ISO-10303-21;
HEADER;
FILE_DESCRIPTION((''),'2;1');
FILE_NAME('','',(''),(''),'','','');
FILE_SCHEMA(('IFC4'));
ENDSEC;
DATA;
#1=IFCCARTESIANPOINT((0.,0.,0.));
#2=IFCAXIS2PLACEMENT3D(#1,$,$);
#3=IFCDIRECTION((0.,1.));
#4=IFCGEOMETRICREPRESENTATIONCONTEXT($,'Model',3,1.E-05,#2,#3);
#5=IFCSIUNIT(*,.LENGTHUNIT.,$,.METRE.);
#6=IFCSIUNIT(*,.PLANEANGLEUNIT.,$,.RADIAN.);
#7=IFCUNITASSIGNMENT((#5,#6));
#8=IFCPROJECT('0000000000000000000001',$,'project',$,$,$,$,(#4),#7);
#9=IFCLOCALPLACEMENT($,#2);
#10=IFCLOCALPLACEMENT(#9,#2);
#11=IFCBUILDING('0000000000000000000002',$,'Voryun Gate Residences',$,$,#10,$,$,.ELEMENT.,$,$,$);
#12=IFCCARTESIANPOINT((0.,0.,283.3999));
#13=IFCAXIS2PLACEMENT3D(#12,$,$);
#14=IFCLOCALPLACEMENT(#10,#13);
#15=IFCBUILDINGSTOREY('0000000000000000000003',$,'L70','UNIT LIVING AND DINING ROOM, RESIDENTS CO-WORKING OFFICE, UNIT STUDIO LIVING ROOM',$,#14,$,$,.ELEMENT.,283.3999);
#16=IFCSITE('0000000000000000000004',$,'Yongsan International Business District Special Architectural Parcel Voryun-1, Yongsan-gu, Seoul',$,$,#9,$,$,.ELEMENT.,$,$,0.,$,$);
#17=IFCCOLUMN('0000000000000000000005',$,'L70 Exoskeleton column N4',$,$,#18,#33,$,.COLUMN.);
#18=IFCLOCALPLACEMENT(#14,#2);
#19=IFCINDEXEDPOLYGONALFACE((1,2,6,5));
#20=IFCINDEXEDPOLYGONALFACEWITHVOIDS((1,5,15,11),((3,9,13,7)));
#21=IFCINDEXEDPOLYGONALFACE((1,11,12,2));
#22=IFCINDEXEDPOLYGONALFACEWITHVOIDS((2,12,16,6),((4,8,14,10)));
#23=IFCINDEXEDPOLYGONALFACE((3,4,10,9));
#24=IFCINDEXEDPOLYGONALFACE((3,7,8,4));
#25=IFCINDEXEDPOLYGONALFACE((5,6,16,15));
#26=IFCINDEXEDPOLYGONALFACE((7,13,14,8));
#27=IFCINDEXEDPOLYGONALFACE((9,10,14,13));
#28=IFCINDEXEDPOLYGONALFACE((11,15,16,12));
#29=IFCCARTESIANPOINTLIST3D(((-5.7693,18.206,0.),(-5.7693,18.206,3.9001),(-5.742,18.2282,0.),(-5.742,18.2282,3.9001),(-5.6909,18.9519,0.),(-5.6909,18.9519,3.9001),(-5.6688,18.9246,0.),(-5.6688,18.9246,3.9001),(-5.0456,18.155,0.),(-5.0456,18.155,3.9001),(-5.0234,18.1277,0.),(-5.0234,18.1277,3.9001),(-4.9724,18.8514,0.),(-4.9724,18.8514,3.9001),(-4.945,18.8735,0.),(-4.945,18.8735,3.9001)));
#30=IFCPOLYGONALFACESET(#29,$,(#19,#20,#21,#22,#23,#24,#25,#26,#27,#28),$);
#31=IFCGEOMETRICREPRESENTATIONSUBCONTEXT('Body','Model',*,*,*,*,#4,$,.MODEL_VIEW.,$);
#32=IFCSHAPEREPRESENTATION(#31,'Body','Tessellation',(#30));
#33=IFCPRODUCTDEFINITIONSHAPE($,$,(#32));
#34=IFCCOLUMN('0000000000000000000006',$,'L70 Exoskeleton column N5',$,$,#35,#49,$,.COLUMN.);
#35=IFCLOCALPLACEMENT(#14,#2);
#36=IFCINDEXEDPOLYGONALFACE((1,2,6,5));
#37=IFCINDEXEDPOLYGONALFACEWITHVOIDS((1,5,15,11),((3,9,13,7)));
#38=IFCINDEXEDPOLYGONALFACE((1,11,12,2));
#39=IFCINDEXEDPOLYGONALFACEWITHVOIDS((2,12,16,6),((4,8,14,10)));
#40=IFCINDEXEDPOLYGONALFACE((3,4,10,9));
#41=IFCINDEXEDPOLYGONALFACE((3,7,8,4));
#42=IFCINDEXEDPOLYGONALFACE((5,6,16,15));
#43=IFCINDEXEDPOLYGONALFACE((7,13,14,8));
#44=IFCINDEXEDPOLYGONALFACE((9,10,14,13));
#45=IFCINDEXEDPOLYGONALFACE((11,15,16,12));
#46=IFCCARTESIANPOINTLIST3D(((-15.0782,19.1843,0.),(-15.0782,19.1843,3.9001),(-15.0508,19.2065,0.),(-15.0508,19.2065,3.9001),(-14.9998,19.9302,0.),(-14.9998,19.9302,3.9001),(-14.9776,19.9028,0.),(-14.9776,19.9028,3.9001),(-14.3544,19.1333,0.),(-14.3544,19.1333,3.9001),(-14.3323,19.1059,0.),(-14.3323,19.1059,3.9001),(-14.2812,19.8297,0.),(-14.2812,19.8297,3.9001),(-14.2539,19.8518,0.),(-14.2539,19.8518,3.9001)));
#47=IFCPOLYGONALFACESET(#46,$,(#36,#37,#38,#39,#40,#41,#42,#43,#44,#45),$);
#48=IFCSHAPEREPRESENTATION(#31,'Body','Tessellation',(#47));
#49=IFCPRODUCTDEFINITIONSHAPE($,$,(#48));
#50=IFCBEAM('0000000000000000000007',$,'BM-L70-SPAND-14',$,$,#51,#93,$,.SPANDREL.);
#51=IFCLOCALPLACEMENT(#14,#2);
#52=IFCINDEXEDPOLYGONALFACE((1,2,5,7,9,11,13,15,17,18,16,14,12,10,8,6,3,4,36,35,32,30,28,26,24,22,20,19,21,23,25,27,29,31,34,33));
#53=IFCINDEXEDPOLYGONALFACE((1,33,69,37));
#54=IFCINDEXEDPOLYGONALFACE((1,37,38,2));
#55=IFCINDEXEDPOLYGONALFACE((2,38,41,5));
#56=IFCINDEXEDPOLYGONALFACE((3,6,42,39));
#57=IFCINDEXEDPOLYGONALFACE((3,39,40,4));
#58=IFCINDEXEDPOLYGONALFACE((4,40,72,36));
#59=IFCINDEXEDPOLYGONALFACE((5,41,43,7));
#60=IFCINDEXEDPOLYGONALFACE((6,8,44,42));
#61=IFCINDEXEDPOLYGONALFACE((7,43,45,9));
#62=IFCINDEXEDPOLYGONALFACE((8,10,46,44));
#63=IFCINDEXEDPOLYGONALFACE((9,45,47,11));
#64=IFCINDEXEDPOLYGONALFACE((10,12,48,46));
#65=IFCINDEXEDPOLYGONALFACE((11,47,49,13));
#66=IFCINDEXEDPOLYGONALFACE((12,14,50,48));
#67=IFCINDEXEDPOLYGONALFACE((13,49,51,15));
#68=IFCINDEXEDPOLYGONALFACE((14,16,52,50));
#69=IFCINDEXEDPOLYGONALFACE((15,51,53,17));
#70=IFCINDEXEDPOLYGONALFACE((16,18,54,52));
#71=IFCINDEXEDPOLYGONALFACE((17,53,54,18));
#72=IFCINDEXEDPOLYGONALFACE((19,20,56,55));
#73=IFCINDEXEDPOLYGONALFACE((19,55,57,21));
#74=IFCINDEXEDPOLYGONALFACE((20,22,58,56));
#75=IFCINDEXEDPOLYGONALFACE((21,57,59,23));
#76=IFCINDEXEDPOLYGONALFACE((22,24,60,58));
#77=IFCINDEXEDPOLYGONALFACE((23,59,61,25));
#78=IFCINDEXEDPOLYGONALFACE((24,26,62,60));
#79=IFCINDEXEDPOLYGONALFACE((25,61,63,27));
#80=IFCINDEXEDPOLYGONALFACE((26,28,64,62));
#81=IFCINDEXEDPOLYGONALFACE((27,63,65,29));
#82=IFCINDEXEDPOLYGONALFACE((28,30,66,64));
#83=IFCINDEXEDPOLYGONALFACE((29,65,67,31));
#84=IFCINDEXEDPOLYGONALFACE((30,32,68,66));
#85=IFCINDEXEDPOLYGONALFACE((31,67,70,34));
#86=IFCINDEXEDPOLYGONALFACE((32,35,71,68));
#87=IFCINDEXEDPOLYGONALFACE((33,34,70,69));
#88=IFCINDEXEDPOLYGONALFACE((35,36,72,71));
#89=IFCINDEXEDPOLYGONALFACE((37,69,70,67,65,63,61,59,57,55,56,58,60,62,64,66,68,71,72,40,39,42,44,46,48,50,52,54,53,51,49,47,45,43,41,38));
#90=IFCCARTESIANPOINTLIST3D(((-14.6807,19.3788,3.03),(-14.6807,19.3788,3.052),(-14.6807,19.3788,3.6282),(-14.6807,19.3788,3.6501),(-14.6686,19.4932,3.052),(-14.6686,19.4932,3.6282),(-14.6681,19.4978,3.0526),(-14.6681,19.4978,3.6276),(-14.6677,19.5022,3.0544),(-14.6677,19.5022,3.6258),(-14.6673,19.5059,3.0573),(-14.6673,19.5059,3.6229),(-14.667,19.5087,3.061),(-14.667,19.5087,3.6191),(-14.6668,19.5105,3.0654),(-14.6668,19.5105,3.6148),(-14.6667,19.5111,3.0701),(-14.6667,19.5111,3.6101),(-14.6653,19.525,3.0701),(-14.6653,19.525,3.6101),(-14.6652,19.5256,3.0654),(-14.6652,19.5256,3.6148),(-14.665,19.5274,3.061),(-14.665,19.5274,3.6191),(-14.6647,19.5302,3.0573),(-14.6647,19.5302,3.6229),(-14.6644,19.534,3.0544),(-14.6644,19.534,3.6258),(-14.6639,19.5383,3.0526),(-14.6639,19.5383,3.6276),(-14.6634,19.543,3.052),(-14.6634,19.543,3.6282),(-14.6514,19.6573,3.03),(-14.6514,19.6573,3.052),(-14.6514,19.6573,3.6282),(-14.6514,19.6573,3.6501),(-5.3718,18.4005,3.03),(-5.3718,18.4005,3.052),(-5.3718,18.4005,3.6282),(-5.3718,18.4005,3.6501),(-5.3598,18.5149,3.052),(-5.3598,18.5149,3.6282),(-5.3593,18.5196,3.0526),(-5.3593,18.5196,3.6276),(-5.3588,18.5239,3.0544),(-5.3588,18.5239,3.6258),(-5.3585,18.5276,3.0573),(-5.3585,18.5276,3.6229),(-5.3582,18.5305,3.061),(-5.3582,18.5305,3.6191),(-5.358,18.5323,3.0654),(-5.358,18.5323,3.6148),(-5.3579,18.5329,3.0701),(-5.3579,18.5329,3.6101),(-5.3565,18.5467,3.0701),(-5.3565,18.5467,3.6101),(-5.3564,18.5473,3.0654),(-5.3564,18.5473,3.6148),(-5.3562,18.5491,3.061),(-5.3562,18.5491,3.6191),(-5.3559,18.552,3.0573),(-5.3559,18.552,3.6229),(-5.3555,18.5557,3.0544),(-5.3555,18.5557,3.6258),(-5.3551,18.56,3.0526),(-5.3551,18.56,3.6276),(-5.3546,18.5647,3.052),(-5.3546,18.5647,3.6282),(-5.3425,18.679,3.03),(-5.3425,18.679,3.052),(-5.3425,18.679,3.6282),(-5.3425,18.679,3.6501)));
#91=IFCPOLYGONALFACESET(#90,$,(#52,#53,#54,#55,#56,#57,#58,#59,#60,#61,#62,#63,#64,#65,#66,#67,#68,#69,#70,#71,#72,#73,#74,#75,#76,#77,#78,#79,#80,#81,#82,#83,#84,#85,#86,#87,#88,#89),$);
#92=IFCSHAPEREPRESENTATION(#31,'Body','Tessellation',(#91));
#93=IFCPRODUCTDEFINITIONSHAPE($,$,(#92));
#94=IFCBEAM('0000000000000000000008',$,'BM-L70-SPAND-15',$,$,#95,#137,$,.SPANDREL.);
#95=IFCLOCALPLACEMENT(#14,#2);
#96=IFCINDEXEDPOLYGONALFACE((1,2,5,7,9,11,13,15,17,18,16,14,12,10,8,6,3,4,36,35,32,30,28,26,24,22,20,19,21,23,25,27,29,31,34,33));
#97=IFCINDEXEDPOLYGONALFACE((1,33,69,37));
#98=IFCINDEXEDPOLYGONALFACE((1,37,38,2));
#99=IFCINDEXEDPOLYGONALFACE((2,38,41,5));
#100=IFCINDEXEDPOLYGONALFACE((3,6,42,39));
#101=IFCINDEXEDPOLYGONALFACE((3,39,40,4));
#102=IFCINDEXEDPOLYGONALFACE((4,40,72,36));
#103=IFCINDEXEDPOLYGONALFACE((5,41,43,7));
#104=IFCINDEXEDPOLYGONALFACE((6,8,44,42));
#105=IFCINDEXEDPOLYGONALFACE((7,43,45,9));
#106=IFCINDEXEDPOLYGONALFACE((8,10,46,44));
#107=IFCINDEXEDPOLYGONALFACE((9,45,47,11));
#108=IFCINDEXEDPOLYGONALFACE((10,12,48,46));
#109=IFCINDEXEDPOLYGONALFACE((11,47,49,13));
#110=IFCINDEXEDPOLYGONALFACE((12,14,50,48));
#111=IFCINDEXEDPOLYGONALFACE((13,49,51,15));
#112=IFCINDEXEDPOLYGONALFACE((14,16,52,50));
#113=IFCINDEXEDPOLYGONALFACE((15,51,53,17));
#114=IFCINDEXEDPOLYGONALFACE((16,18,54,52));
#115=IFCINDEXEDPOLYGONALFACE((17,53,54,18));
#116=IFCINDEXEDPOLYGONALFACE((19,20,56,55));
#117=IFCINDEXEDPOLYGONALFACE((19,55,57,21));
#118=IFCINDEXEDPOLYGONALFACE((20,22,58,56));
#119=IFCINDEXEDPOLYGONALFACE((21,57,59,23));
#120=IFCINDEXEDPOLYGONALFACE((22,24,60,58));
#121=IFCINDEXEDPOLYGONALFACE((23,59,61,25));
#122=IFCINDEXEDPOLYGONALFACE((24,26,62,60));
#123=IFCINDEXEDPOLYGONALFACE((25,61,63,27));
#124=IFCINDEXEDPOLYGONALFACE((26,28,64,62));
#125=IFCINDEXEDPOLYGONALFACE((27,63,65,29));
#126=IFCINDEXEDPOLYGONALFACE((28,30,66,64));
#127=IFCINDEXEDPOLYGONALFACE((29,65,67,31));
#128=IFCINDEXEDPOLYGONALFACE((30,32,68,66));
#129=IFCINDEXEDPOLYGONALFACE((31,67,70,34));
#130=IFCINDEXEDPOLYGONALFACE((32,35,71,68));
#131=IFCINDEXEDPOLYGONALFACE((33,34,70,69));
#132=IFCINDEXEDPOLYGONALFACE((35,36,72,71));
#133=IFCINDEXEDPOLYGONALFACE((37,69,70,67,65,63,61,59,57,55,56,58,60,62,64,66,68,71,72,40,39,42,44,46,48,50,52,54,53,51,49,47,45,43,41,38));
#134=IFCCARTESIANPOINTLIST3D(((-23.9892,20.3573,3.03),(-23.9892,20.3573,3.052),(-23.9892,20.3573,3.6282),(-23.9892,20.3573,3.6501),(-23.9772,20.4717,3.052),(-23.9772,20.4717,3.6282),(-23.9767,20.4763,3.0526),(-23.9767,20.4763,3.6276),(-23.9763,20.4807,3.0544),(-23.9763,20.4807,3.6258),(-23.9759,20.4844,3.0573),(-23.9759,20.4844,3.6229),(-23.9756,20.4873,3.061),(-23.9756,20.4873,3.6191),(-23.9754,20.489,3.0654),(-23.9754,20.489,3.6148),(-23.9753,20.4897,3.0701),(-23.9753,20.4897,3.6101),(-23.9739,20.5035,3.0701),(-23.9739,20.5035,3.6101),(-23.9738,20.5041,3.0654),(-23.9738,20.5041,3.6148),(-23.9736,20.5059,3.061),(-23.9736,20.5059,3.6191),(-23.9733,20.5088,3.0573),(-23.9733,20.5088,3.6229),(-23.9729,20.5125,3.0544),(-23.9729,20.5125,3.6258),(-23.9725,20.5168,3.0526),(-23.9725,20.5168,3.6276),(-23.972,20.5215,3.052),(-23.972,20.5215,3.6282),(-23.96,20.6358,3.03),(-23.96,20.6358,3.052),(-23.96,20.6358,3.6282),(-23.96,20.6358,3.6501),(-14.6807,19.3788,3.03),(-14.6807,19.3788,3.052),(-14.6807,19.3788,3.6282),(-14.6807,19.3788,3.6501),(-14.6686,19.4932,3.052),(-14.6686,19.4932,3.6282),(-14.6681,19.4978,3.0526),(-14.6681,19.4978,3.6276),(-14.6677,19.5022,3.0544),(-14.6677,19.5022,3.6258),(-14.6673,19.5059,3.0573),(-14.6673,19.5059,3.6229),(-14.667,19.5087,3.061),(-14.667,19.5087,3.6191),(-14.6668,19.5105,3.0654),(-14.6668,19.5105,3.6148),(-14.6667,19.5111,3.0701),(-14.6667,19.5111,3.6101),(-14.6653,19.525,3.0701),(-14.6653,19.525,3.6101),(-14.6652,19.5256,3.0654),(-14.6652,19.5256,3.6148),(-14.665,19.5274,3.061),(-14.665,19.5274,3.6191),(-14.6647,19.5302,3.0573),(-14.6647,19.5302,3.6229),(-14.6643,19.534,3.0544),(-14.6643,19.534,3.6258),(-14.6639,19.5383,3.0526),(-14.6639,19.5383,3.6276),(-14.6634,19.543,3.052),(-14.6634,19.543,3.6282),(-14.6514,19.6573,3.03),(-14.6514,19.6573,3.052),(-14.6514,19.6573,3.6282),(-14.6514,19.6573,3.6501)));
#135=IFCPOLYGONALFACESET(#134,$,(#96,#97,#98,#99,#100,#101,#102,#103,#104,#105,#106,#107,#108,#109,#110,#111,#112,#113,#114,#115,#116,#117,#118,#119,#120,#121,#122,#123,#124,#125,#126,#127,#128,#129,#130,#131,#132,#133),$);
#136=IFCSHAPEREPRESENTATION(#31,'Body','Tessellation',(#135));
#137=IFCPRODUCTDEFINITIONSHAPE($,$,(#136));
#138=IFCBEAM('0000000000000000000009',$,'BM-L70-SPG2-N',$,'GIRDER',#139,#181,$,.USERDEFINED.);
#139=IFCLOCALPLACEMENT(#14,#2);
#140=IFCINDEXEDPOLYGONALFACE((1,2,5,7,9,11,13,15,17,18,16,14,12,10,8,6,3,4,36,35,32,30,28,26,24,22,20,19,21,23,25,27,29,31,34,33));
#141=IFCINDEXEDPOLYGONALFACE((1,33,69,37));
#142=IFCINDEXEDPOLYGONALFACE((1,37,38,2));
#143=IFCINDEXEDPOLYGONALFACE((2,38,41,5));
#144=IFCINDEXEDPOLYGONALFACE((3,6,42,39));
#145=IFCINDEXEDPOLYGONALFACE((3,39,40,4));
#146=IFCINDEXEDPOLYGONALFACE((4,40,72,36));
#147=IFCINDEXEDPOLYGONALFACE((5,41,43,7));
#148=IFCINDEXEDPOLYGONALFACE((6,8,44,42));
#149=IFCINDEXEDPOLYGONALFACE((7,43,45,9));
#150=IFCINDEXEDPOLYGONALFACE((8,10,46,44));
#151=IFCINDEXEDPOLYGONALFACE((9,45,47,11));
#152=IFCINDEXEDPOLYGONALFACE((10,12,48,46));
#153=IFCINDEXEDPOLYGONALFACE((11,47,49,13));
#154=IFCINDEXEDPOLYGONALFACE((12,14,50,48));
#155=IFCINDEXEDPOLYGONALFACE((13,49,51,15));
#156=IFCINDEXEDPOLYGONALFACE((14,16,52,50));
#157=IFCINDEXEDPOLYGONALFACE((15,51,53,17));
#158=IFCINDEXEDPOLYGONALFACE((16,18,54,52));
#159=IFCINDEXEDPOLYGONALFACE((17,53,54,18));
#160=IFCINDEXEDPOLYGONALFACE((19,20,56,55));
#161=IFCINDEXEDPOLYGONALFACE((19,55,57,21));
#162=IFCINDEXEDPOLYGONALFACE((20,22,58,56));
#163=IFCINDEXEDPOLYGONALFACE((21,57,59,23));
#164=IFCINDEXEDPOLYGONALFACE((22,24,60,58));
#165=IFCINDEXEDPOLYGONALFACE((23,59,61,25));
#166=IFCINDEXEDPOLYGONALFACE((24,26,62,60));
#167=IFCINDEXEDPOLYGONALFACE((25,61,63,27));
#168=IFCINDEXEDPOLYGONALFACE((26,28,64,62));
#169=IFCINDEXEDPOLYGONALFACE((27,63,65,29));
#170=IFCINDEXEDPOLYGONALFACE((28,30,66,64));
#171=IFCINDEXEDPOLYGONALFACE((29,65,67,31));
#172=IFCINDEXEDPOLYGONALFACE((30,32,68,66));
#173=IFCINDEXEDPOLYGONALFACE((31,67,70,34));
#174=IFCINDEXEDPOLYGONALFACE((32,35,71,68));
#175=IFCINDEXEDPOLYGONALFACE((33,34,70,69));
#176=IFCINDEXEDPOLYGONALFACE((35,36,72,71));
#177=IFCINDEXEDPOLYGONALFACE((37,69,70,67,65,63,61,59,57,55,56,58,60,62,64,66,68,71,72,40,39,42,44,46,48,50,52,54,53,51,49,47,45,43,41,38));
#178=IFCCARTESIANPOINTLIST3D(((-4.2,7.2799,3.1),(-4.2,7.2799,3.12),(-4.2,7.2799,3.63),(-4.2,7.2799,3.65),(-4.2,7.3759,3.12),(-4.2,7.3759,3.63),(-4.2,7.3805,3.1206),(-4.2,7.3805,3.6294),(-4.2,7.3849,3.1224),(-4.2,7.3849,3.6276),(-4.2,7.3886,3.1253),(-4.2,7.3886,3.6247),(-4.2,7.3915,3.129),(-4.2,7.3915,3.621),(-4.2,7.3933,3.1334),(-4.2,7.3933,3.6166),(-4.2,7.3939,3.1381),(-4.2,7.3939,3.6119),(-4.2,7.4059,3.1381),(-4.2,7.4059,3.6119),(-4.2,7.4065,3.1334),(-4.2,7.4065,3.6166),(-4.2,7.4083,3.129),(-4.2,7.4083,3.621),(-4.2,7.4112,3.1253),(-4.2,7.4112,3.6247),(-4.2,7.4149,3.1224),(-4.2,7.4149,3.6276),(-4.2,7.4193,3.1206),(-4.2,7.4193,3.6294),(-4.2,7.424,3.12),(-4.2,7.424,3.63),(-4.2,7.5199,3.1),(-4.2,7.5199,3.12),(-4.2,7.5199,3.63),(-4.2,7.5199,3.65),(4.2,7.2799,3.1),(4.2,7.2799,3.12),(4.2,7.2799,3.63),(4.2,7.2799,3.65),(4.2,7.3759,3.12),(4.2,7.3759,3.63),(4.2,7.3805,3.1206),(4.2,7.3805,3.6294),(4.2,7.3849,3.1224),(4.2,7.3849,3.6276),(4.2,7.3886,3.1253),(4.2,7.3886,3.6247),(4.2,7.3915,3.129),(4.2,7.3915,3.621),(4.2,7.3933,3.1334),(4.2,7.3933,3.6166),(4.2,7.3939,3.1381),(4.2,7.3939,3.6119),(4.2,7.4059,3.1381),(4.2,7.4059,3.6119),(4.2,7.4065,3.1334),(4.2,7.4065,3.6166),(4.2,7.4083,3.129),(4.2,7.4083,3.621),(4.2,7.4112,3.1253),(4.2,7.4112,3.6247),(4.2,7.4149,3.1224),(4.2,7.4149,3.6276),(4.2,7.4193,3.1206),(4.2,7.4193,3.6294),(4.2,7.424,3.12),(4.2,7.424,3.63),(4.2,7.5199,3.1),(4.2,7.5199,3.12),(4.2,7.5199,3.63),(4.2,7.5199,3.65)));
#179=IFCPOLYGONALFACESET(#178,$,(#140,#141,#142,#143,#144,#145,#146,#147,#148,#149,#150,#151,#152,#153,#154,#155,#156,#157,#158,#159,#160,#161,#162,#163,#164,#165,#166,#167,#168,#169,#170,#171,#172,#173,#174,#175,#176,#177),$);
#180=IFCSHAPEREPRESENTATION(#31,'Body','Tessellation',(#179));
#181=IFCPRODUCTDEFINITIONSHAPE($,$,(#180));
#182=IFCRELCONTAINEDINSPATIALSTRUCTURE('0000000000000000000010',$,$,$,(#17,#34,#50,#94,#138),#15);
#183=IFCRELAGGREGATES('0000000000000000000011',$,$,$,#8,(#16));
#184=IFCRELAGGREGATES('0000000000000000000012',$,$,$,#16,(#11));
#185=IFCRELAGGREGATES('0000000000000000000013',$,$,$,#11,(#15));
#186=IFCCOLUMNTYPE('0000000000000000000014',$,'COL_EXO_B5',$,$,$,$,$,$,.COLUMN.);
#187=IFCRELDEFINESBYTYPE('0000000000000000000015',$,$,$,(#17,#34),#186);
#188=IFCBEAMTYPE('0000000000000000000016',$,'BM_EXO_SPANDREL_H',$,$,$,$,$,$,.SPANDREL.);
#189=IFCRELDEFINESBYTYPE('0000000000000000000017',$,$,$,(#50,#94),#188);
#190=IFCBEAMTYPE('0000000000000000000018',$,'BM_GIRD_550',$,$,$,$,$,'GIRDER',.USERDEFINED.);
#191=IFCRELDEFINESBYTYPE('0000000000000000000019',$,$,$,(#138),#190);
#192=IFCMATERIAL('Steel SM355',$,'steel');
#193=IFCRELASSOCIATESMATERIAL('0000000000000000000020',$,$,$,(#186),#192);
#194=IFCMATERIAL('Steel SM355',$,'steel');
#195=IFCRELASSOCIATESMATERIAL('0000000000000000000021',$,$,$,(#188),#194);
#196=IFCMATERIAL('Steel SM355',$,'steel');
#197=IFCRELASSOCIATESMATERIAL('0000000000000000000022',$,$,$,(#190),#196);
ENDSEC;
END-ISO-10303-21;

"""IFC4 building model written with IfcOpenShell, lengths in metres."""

from ifc_helpers import new_model, si_unit, direction, frame, origin, origin_2d, place, context, subcontext, project, spatial, hollow_rectangle, i_section, extrude, material, material_profile, profile_set, type_object, element, save


model = new_model("IFC4")

# Units and contexts
model_context = context("Model", 3, precision=1e-05, world=origin(), true_north=direction((0.0, 1.0)))
body_context = subcontext(model_context, "Body", "Model", "MODEL_VIEW")
ifc_project = project(units=[si_unit("LENGTHUNIT", "METRE"), si_unit("PLANEANGLEUNIT", "RADIAN")], contexts=[model_context])

# Site, building, storey
site_placement = place(None, origin())
site = spatial("IfcSite", under=ifc_project, at=site_placement, Name="Yongsan International Business District Special Architectural Parcel Voryun-1, Yongsan-gu, Seoul", CompositionType="ELEMENT", RefElevation=0.0)
building_placement = place(site_placement, origin())
building = spatial("IfcBuilding", under=site, at=building_placement, Name="Voryun Gate Residences", CompositionType="ELEMENT")
storey_placement = place(building_placement, frame((0.0, 0.0, 283.3999)))
storey = spatial("IfcBuildingStorey", under=building, at=storey_placement, Name="L70", Description="UNIT LIVING AND DINING ROOM, RESIDENTS CO-WORKING OFFICE, UNIT STUDIO LIVING ROOM", CompositionType="ELEMENT", Elevation=283.3999)

# Columns
ifc_material_1 = material(Name="Steel SM355", Category="steel")
ifc_material_profile_1 = material_profile(ifc_material_1, hollow_rectangle(XDim=0.75, YDim=0.75, WallThickness=0.0249, at=origin_2d()), Name="BOX-750x750x25")
ifc_profile_set_1 = profile_set([ifc_material_profile_1], Name="Steel SM355")
column_type = type_object("IfcColumnType", Name="COL_EXO_B5", PredefinedType="COLUMN", material=ifc_profile_set_1)
for number, where, z_axis, x_axis, name in (
    (1, (-5.3572, 18.5398, 0.0), (0.0, 0.0, 1.0), (0.994522, -0.104528, 0.0), "L70 Exoskeleton column N4"),
    (2, (-14.666, 19.5181, 0.0), (0.0, 0.0, 1.0), (0.994522, -0.104528, 0.0), "L70 Exoskeleton column N5"),
):
    element("IfcColumn", number, at=place(storey_placement, frame(where, z_axis=z_axis, x_axis=x_axis)), inside=storey, type_object=column_type, Name=name, PredefinedType="COLUMN", context=body_context, shape_type="SweptSolid", body=[
        extrude(hollow_rectangle(XDim=0.75, YDim=0.75, WallThickness=0.0249, at=origin_2d()), origin(), (0.0, 0.0, 1.0), 3.9001),
    ])

# Beams
ifc_material_2 = material(Name="Steel SM355", Category="steel")
ifc_material_profile_2 = material_profile(ifc_material_2, i_section(OverallWidth=0.28, OverallDepth=0.6201, WebThickness=0.0139, FlangeThickness=0.022, FilletRadius=0.0181, at=origin_2d()), Name="H-620x280x14x22")
ifc_profile_set_2 = profile_set([ifc_material_profile_2], Name="Steel SM355")
beam_type_1 = type_object("IfcBeamType", Name="BM_EXO_SPANDREL_H", PredefinedType="SPANDREL", material=ifc_profile_set_2)
beam_1_placement = place(storey_placement, frame((-5.3572, 18.5398, 3.3401), z_axis=(-0.994523, 0.104515, 0.0), x_axis=(-0.104515, -0.994523, 0.0)))
element("IfcBeam", 3, at=beam_1_placement, inside=storey, type_object=beam_type_1, Name="BM-L70-SPAND-14", PredefinedType="SPANDREL", context=body_context, shape_type="SweptSolid", body=[
    extrude(i_section(OverallWidth=0.28, OverallDepth=0.6201, WebThickness=0.0139, FlangeThickness=0.022, FilletRadius=0.0181, at=origin_2d()), origin(), (0.0, 0.0, 1.0), 9.3601),
])
beam_2_placement = place(storey_placement, frame((-14.666, 19.5181, 3.3401), z_axis=(-0.99452, 0.104544, 0.0), x_axis=(-0.104544, -0.99452, 0.0)))
element("IfcBeam", 4, at=beam_2_placement, inside=storey, type_object=beam_type_1, Name="BM-L70-SPAND-15", PredefinedType="SPANDREL", context=body_context, shape_type="SweptSolid", body=[
    extrude(i_section(OverallWidth=0.28, OverallDepth=0.6201, WebThickness=0.0139, FlangeThickness=0.022, FilletRadius=0.0181, at=origin_2d()), origin(), (0.0, 0.0, 1.0), 9.3599),
])
ifc_material_3 = material(Name="Steel SM355", Category="steel")
ifc_material_profile_3 = material_profile(ifc_material_3, i_section(OverallWidth=0.24, OverallDepth=0.55, WebThickness=0.012, FlangeThickness=0.02, FilletRadius=0.0181, at=origin_2d()), Name="H-550x240x12x20")
ifc_profile_set_3 = profile_set([ifc_material_profile_3], Name="Steel SM355")
beam_type_2 = type_object("IfcBeamType", Name="BM_GIRD_550", ElementType="GIRDER", PredefinedType="USERDEFINED", material=ifc_profile_set_3)
beam_3_placement = place(storey_placement, frame((-4.2, 7.3999, 3.375), z_axis=(1.0, 0.0, 0.0), x_axis=(0.0, 1.0, 0.0)))
element("IfcBeam", 5, at=beam_3_placement, inside=storey, type_object=beam_type_2, Name="BM-L70-SPG2-N", ObjectType="GIRDER", PredefinedType="USERDEFINED", context=body_context, shape_type="SweptSolid", body=[
    extrude(i_section(OverallWidth=0.24, OverallDepth=0.55, WebThickness=0.012, FlangeThickness=0.02, FilletRadius=0.0181, at=origin_2d()), origin(), (0.0, 0.0, 1.0), 8.3999),
])

save(model, "model.ifc")
